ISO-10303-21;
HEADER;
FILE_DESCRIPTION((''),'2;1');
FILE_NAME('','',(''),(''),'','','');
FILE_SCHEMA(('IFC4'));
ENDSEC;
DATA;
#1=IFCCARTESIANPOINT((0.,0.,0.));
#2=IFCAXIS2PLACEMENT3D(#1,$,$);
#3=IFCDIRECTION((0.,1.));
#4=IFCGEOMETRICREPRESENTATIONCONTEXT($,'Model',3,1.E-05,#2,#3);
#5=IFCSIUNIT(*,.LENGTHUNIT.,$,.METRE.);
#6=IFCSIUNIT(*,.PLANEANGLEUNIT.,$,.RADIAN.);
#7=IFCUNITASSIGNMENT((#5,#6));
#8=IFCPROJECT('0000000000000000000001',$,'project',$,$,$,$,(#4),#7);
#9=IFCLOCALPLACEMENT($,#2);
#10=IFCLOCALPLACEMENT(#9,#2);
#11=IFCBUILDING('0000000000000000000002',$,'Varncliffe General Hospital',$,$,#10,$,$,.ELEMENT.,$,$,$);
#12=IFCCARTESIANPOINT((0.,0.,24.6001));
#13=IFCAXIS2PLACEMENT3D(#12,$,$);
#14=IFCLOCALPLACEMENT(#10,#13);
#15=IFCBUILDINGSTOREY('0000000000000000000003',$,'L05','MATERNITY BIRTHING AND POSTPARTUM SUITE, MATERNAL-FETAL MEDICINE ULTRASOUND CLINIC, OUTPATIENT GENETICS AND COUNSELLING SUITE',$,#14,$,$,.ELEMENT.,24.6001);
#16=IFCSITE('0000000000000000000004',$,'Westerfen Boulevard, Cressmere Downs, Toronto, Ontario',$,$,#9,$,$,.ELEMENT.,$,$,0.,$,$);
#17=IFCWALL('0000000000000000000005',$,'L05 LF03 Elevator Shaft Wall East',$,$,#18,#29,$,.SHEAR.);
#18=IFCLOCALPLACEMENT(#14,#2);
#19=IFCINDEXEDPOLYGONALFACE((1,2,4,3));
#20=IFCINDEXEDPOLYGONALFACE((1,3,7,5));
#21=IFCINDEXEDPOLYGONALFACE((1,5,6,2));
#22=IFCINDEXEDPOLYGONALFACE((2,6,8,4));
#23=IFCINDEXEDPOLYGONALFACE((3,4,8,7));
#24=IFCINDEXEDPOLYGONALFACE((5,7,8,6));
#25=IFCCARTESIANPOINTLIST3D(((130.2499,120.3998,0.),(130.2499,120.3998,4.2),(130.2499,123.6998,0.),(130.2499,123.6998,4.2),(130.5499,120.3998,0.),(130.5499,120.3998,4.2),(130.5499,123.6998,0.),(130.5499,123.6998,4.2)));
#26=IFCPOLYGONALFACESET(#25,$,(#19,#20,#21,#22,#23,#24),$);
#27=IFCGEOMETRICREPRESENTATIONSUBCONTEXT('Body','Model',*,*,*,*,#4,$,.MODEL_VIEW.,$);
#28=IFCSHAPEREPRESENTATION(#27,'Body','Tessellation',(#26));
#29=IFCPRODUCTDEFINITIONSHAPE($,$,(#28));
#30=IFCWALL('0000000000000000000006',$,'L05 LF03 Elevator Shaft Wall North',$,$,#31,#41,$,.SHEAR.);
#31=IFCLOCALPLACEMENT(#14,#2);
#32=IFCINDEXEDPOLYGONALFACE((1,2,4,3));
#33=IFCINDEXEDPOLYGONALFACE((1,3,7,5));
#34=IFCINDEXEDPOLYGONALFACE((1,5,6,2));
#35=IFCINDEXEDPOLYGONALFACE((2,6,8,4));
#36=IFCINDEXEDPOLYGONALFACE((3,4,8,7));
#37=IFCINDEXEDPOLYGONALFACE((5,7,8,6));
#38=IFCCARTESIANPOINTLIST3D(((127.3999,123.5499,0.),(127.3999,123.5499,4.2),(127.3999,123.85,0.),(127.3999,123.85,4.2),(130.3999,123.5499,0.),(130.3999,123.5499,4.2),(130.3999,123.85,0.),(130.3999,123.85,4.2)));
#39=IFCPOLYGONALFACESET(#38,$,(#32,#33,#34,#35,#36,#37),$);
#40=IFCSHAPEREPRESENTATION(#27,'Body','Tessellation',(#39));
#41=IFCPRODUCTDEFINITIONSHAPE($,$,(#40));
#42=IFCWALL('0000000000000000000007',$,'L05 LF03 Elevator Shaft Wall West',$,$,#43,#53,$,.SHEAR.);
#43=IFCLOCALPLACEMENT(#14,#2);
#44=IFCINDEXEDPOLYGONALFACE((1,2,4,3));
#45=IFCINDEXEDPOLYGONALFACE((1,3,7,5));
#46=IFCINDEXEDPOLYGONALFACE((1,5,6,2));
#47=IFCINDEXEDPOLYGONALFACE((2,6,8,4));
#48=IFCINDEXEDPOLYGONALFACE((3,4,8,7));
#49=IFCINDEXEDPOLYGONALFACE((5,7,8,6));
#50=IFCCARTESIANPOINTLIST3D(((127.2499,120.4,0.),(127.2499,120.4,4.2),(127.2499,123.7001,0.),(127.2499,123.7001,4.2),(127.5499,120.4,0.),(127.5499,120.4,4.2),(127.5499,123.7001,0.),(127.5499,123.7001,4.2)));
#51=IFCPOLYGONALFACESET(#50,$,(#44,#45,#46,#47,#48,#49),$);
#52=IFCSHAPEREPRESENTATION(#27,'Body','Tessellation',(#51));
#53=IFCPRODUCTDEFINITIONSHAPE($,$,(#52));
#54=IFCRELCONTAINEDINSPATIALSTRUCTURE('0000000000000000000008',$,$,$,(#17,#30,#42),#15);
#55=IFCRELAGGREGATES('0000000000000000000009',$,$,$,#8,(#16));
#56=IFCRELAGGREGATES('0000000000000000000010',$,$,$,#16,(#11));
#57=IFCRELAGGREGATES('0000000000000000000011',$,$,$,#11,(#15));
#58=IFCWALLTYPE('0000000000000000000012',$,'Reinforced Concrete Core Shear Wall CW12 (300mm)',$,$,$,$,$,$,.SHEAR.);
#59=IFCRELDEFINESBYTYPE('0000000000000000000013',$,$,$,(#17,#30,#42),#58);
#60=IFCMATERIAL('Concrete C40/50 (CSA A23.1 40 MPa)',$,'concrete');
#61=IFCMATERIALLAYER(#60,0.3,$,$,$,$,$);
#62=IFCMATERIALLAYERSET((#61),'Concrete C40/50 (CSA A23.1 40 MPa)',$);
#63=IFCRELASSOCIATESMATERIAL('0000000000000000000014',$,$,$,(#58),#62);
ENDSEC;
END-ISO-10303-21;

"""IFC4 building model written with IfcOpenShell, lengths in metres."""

from ifc_helpers import new_model, si_unit, direction, frame, frame_2d, origin, place, context, subcontext, project, spatial, rectangle, extrude, material, layer, layer_set, type_object, element, save


model = new_model("IFC4")

# Units and contexts
model_context = context("Model", 3, precision=1e-05, world=origin(), true_north=direction((0.0, 1.0)))
body_context = subcontext(model_context, "Body", "Model", "MODEL_VIEW")
ifc_project = project(units=[si_unit("LENGTHUNIT", "METRE"), si_unit("PLANEANGLEUNIT", "RADIAN")], contexts=[model_context])

# Site, building, storey
site_placement = place(None, origin())
site = spatial("IfcSite", under=ifc_project, at=site_placement, Name="Westerfen Boulevard, Cressmere Downs, Toronto, Ontario", CompositionType="ELEMENT", RefElevation=0.0)
building_placement = place(site_placement, origin())
building = spatial("IfcBuilding", under=site, at=building_placement, Name="Varncliffe General Hospital", CompositionType="ELEMENT")
storey_placement = place(building_placement, frame((0.0, 0.0, 24.6001)))
storey = spatial("IfcBuildingStorey", under=building, at=storey_placement, Name="L05", Description="MATERNITY BIRTHING AND POSTPARTUM SUITE, MATERNAL-FETAL MEDICINE ULTRASOUND CLINIC, OUTPATIENT GENETICS AND COUNSELLING SUITE", CompositionType="ELEMENT", Elevation=24.6001)

# Shared definitions
ifc_material_1 = material(Name="Concrete C40/50 (CSA A23.1 40 MPa)", Category="concrete")

# Shared definitions
ifc_layer_1 = layer(ifc_material_1, 0.3)
ifc_layer_set_1 = layer_set([ifc_layer_1], Name="Concrete C40/50 (CSA A23.1 40 MPa)")
wall_type_1 = type_object("IfcWallType", Name="Reinforced Concrete Core Shear Wall CW12 (300mm)", PredefinedType="SHEAR", material=ifc_layer_set_1)

# Walls
wall_1_placement = place(storey_placement, frame((130.3999, 120.3999, 0.0), z_axis=(0.0, 0.0, 1.0), x_axis=(0.0, 1.0, 0.0)))
element("IfcWall", 1, at=wall_1_placement, inside=storey, type_object=wall_type_1, Name="L05 LF03 Elevator Shaft Wall East", PredefinedType="SHEAR", context=body_context, shape_type="SweptSolid", body=[
    extrude(rectangle(XDim=3.3, YDim=0.3, at=frame_2d((1.6499, 0.0))), origin(), (0.0, 0.0, 1.0), 4.2),
])
wall_2_placement = place(storey_placement, frame((130.3999, 123.7, 0.0), z_axis=(0.0, 0.0, 1.0), x_axis=(-1.0, 0.0, 0.0)))
element("IfcWall", 2, at=wall_2_placement, inside=storey, type_object=wall_type_1, Name="L05 LF03 Elevator Shaft Wall North", PredefinedType="SHEAR", context=body_context, shape_type="SweptSolid", body=[
    extrude(rectangle(XDim=3.0, YDim=0.3, at=frame_2d((1.5, 0.0))), origin(), (0.0, 0.0, 1.0), 4.2),
])
wall_3_placement = place(storey_placement, frame((127.3999, 123.7, 0.0), z_axis=(0.0, 0.0, 1.0), x_axis=(0.0, -1.0, 0.0)))
element("IfcWall", 3, at=wall_3_placement, inside=storey, type_object=wall_type_1, Name="L05 LF03 Elevator Shaft Wall West", PredefinedType="SHEAR", context=body_context, shape_type="SweptSolid", body=[
    extrude(rectangle(XDim=3.3, YDim=0.3, at=frame_2d((1.6499, 0.0))), origin(), (0.0, 0.0, 1.0), 4.2),
])

save(model, "model.ifc")
